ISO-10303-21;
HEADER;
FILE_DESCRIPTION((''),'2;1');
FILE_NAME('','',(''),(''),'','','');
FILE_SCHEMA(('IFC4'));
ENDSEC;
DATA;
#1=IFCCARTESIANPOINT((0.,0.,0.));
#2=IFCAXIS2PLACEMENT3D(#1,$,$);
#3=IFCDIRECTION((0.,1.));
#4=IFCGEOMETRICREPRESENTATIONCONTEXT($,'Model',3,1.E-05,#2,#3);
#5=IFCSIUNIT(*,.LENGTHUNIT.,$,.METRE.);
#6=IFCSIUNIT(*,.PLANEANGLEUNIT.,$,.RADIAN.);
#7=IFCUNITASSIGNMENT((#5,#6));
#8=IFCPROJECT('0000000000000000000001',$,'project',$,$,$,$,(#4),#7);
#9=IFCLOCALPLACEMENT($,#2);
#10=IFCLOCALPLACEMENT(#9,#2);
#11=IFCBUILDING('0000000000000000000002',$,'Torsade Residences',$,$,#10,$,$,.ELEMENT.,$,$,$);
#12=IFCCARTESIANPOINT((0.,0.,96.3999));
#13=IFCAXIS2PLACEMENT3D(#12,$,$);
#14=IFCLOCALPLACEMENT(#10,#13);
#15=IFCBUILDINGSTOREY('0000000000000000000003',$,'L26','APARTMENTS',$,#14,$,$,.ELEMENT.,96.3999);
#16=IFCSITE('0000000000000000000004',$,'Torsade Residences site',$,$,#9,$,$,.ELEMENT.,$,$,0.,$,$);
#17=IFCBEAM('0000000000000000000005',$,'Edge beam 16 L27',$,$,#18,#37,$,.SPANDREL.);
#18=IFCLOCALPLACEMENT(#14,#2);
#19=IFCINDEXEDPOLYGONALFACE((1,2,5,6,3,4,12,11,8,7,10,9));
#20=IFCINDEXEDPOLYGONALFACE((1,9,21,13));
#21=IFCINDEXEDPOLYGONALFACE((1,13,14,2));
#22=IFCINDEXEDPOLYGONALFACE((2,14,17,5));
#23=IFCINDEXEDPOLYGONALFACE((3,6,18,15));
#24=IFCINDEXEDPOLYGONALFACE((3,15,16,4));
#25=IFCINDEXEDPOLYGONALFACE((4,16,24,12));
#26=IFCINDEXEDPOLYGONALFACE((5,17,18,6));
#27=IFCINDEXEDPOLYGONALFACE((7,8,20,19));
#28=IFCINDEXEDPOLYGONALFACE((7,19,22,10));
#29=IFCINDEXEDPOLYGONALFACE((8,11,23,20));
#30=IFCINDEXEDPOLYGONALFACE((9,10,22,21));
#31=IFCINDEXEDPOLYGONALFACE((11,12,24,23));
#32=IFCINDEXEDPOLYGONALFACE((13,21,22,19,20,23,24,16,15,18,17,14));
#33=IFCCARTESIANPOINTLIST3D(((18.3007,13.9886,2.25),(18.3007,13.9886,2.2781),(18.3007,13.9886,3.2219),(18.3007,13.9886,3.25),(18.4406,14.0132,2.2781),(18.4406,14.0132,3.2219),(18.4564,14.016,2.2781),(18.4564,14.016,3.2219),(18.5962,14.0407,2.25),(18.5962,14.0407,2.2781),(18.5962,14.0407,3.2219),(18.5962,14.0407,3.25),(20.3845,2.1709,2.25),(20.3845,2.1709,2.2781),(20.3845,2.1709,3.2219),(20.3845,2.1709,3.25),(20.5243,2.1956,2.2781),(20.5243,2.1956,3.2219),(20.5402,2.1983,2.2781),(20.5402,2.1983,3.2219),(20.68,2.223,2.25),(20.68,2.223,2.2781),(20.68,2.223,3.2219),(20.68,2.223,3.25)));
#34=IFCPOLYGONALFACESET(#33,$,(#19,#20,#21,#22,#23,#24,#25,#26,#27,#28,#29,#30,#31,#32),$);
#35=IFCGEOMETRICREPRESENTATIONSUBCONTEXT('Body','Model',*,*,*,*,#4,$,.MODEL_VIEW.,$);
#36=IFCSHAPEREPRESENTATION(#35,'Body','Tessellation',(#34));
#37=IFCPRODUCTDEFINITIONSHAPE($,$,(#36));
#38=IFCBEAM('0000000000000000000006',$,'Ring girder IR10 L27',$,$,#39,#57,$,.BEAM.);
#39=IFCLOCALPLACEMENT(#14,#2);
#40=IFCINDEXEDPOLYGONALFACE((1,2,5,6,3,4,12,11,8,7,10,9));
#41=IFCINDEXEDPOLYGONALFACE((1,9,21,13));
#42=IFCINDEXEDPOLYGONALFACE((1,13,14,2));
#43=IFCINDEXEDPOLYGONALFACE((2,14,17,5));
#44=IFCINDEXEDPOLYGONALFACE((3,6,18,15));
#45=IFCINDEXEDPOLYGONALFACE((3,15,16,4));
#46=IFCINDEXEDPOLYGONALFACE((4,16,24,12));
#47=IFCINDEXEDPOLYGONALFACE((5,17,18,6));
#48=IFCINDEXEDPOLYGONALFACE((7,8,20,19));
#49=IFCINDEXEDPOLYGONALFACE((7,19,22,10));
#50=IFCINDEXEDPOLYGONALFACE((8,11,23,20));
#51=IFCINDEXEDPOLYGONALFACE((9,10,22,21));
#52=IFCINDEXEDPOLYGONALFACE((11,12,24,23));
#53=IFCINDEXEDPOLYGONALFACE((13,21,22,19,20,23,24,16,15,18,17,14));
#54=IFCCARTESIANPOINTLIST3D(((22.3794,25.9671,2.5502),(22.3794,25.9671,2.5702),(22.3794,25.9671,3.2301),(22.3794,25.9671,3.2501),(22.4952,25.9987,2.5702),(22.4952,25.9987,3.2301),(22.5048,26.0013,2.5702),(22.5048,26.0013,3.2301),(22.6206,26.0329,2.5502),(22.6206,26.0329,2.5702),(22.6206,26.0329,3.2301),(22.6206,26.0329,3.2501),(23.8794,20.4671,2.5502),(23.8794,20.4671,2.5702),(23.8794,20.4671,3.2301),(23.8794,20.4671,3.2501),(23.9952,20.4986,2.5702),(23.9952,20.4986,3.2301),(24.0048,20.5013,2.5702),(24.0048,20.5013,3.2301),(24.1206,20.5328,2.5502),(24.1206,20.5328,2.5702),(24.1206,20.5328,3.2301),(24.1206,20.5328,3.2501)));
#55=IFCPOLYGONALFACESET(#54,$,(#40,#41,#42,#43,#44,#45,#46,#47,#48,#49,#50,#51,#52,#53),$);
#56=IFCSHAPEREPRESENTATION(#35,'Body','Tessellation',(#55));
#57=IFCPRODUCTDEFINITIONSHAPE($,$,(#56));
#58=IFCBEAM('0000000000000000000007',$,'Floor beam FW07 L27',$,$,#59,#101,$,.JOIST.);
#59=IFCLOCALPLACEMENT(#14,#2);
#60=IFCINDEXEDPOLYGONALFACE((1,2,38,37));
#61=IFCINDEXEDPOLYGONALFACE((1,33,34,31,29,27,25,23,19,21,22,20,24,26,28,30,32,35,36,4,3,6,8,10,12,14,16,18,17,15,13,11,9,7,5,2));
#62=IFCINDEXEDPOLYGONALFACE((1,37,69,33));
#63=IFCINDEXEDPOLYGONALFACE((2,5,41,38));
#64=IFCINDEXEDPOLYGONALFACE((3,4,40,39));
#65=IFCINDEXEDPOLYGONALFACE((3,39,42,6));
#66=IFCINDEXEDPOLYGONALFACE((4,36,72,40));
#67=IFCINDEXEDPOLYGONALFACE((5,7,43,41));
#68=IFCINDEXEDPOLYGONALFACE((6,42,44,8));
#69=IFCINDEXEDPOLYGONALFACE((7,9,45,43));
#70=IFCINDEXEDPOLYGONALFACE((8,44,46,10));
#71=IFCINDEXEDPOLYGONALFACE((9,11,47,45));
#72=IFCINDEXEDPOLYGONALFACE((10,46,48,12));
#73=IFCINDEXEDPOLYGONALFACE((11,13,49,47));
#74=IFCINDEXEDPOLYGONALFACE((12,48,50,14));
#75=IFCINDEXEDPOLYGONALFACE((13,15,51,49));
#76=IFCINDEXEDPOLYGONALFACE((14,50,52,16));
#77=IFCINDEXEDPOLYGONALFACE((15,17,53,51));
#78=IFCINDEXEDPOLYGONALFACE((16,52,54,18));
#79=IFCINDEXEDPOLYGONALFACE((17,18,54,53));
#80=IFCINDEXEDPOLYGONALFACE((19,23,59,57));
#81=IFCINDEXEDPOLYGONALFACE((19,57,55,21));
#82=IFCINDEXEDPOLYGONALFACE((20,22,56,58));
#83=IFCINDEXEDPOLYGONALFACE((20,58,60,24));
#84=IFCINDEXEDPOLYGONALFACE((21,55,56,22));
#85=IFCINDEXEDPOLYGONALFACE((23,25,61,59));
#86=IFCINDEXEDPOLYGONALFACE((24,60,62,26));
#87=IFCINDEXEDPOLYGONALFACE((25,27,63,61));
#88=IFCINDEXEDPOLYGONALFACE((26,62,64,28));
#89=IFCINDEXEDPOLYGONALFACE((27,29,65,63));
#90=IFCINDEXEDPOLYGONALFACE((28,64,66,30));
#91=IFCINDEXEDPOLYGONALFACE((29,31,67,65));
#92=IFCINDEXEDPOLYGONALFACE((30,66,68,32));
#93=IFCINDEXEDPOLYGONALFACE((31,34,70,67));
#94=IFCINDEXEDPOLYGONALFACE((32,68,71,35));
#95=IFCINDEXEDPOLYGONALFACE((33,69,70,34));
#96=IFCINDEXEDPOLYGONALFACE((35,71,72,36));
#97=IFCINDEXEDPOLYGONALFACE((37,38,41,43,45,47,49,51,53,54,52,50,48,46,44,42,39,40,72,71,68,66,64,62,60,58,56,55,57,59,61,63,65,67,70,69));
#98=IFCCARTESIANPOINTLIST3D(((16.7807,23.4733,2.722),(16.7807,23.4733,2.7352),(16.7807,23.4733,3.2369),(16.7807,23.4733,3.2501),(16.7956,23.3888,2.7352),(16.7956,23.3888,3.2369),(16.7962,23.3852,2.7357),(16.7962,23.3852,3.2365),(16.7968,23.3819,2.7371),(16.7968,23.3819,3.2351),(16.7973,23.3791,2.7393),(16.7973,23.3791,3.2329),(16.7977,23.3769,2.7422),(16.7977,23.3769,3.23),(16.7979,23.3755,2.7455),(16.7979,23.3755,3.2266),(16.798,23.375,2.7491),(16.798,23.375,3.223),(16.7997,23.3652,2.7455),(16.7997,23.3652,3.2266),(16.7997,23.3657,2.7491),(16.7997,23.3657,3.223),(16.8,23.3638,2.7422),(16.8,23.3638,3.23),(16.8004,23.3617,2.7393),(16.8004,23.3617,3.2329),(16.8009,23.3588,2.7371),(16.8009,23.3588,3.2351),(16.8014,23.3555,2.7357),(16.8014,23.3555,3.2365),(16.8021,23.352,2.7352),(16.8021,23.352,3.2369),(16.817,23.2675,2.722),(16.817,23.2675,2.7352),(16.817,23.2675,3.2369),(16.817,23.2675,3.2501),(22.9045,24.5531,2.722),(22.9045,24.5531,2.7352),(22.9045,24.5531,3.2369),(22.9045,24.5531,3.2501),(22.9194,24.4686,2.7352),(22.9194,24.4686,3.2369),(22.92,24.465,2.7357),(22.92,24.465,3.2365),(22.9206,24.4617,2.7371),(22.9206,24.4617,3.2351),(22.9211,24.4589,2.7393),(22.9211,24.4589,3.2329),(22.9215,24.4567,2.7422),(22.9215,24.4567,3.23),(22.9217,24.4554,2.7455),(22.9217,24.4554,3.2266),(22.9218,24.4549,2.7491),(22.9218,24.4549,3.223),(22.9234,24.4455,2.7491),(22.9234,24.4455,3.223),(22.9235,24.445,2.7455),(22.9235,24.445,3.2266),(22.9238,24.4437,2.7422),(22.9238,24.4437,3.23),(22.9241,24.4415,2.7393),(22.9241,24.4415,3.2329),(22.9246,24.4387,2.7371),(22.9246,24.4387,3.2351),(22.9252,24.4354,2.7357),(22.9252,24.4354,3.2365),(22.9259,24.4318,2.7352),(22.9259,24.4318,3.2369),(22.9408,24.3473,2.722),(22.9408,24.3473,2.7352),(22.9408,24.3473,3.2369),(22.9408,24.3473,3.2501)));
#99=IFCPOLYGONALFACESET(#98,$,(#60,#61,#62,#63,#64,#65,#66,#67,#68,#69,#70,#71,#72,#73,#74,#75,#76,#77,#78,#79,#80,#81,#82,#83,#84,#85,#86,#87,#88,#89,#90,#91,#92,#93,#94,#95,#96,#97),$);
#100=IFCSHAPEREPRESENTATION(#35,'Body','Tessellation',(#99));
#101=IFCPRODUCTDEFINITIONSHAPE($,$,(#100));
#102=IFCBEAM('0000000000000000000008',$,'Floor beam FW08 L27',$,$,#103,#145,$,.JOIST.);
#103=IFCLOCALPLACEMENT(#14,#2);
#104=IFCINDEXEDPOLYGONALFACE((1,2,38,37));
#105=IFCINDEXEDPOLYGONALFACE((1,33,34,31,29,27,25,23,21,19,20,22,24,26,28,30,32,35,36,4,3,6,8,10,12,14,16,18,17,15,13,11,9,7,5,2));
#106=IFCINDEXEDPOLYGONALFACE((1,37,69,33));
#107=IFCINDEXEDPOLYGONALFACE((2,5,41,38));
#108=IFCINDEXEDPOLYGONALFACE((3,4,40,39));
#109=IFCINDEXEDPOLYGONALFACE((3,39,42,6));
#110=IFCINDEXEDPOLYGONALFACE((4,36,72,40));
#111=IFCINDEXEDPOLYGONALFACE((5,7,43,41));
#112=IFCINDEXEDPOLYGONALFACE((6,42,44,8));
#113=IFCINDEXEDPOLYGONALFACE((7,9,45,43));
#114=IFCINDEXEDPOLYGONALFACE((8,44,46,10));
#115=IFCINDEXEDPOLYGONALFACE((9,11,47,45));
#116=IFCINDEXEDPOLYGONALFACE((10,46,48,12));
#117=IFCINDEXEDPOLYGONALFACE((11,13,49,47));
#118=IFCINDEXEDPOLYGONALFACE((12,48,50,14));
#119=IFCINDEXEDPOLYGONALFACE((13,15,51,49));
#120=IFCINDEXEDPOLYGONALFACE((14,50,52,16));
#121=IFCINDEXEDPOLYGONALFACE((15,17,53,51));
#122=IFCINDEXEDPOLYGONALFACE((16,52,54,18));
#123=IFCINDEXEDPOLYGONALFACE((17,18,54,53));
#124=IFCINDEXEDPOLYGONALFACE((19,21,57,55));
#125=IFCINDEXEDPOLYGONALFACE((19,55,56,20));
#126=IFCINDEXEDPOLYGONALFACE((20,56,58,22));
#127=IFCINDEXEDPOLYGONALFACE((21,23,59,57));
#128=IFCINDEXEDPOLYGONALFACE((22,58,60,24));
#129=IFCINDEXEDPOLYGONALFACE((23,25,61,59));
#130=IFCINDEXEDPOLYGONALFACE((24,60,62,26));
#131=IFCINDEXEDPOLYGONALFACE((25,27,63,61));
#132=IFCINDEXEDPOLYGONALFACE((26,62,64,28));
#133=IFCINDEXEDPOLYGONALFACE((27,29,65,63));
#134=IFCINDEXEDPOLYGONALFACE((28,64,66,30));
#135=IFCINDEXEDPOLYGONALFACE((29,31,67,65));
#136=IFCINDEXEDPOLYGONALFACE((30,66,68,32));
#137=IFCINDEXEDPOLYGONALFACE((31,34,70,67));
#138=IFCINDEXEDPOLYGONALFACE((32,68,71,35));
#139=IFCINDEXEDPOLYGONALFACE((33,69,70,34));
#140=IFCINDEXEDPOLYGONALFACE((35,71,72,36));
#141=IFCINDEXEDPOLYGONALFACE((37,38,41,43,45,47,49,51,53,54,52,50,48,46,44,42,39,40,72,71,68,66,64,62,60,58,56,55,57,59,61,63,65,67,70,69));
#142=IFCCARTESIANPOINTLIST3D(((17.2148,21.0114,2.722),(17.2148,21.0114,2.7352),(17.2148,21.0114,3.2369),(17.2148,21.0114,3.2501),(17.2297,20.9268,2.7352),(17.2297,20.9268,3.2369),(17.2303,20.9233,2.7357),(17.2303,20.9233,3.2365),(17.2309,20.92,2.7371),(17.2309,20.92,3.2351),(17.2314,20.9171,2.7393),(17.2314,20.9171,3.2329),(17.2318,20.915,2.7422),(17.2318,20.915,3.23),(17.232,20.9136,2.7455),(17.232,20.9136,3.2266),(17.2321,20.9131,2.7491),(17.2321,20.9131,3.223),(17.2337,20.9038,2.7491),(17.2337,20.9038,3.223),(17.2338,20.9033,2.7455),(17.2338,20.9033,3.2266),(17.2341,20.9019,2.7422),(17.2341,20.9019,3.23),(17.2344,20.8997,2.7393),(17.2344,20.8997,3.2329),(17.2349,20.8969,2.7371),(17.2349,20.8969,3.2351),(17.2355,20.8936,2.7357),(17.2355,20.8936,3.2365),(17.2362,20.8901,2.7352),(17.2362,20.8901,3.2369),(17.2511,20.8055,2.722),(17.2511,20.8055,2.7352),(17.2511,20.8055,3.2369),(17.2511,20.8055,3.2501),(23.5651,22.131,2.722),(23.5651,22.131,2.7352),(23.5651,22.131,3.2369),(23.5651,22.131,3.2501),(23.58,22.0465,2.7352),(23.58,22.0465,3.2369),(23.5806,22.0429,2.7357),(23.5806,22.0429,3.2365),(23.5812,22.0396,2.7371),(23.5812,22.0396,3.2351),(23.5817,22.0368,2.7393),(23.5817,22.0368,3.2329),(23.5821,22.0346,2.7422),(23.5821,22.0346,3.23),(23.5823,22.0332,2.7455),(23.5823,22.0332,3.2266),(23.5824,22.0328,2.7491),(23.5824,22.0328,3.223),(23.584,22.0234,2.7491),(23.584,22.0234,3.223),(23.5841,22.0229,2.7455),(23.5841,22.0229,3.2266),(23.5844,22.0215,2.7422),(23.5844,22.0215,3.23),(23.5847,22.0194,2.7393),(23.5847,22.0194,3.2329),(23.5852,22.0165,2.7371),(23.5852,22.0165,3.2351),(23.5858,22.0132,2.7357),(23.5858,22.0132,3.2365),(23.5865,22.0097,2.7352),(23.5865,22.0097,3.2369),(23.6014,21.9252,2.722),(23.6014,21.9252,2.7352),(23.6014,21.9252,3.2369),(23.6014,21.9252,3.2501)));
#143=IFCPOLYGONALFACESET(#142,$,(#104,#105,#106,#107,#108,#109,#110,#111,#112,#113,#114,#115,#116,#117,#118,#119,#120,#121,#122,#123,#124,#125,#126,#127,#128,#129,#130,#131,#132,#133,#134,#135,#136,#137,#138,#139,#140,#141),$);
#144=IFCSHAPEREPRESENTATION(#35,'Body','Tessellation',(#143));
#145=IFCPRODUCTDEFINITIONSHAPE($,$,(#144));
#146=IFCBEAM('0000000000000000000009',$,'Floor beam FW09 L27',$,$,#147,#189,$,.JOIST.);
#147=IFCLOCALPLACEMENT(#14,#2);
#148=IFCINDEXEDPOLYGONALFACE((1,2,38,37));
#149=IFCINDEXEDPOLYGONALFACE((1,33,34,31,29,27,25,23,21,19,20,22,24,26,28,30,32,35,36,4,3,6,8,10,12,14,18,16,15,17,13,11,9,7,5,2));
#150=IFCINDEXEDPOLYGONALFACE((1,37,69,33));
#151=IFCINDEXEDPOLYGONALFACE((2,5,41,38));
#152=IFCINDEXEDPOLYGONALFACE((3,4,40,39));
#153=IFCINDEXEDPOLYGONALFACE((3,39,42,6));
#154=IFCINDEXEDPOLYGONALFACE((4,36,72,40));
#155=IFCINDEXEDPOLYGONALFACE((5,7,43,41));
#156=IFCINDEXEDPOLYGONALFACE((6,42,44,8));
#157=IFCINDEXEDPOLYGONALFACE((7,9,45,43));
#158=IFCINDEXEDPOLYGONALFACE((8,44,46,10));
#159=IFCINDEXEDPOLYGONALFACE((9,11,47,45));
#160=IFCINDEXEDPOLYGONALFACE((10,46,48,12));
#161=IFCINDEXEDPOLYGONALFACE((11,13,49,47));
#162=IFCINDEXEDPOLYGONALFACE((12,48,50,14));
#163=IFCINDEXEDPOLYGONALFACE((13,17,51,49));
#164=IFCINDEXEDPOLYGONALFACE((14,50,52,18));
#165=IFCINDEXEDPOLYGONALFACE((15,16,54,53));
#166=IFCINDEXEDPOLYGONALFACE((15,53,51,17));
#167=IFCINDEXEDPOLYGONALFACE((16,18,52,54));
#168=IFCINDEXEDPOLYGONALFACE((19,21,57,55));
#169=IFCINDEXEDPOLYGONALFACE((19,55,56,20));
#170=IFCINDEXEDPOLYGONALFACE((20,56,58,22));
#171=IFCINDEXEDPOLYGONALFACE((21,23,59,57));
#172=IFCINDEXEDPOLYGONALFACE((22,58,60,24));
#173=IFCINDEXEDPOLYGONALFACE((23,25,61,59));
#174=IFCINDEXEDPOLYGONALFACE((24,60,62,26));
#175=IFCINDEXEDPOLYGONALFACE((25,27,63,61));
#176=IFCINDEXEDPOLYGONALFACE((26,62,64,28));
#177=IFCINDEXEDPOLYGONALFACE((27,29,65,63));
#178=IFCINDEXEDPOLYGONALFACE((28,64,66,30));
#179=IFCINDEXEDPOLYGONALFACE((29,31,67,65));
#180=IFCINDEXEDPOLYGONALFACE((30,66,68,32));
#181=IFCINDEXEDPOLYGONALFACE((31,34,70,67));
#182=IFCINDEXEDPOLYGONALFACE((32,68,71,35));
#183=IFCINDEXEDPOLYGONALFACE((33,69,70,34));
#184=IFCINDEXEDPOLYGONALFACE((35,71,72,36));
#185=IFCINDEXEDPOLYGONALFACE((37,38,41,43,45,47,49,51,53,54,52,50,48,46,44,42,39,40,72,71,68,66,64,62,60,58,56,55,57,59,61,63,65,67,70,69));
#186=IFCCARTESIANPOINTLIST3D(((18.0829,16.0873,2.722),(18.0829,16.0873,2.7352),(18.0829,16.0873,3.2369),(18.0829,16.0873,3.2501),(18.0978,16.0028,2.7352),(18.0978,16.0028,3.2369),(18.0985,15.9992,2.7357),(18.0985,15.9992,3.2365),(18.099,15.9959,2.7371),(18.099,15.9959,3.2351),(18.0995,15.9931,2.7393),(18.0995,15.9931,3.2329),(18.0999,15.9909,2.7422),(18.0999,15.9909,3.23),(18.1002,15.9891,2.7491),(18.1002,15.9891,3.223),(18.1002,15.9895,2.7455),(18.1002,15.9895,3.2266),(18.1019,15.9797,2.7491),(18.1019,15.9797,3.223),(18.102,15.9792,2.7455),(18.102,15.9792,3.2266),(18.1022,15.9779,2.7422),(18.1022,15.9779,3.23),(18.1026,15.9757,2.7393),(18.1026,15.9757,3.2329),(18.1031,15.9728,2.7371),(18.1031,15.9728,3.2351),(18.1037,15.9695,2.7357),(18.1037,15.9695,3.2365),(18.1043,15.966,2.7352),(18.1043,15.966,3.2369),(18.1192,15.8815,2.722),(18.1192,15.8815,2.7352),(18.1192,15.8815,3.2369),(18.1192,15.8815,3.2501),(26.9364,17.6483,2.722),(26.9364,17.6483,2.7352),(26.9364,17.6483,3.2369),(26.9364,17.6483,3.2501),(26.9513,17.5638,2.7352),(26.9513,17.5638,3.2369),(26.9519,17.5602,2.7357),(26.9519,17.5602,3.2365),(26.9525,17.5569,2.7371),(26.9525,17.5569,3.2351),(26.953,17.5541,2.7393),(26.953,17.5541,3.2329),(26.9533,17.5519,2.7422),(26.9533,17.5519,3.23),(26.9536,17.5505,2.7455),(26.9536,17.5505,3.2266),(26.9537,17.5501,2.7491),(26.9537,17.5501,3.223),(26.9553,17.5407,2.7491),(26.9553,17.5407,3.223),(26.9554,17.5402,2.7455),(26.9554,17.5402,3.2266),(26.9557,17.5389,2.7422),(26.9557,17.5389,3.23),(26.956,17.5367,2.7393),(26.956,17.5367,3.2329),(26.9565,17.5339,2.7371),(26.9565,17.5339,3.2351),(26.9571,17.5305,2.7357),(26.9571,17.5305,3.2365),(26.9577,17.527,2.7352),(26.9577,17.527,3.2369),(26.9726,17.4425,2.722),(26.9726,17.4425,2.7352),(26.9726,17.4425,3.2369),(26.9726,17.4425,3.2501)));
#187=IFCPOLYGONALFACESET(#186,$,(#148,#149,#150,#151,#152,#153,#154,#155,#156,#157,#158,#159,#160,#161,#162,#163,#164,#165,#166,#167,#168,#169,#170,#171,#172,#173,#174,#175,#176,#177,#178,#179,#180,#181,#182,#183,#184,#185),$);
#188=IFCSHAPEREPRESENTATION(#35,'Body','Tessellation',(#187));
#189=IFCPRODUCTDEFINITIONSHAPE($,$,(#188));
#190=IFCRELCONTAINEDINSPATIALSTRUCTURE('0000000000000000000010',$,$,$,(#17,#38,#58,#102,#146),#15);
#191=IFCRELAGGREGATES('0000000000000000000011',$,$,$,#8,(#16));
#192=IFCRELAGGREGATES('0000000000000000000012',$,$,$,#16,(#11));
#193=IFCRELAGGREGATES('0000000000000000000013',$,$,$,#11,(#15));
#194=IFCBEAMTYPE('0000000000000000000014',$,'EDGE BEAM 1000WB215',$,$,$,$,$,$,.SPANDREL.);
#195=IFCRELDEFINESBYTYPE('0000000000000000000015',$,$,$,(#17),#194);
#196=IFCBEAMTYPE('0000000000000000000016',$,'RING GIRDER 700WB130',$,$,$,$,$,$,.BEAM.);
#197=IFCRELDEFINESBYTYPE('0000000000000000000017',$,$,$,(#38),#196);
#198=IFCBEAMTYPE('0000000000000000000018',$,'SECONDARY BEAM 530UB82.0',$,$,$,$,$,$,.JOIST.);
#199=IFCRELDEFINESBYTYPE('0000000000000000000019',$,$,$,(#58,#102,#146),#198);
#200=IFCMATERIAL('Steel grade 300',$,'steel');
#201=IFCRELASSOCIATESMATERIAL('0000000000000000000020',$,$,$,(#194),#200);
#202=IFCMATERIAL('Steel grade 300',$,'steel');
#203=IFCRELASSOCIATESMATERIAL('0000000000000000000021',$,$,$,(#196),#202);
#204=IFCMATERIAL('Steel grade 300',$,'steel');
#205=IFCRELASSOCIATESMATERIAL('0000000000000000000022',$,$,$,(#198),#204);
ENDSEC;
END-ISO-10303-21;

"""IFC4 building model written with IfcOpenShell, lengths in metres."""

from ifc_helpers import new_model, si_unit, direction, frame, origin, origin_2d, place, context, subcontext, project, spatial, i_section, extrude, material, material_profile, profile_set, type_object, element, save


model = new_model("IFC4")

# Units and contexts
model_context = context("Model", 3, precision=1e-05, world=origin(), true_north=direction((0.0, 1.0)))
body_context = subcontext(model_context, "Body", "Model", "MODEL_VIEW")
ifc_project = project(units=[si_unit("LENGTHUNIT", "METRE"), si_unit("PLANEANGLEUNIT", "RADIAN")], contexts=[model_context])

# Site, building, storey
site_placement = place(None, origin())
site = spatial("IfcSite", under=ifc_project, at=site_placement, Name="Torsade Residences site", CompositionType="ELEMENT", RefElevation=0.0)
building_placement = place(site_placement, origin())
building = spatial("IfcBuilding", under=site, at=building_placement, Name="Torsade Residences", CompositionType="ELEMENT")
storey_placement = place(building_placement, frame((0.0, 0.0, 96.3999)))
storey = spatial("IfcBuildingStorey", under=building, at=storey_placement, Name="L26", Description="APARTMENTS", CompositionType="ELEMENT", Elevation=96.3999)

# Beams
ifc_material_1 = material(Name="Steel grade 300", Category="steel")
ifc_material_profile_1 = material_profile(ifc_material_1, i_section(OverallWidth=0.3, OverallDepth=1.0, WebThickness=0.0161, FlangeThickness=0.0281, at=origin_2d()), Name="1000WB215")
ifc_profile_set_1 = profile_set([ifc_material_profile_1], Name="Steel grade 300")
beam_type_1 = type_object("IfcBeamType", Name="EDGE BEAM 1000WB215", PredefinedType="SPANDREL", material=ifc_profile_set_1)
beam_1_placement = place(storey_placement, frame((18.4485, 14.0146, 2.75), z_axis=(0.173646, -0.984808, 0.0), x_axis=(0.984808, 0.173646, 0.0)))
element("IfcBeam", 1, at=beam_1_placement, inside=storey, type_object=beam_type_1, Name="Edge beam 16 L27", PredefinedType="SPANDREL", context=body_context, shape_type="SweptSolid", body=[
    extrude(i_section(OverallWidth=0.3, OverallDepth=1.0, WebThickness=0.0161, FlangeThickness=0.0281, at=origin_2d()), origin(), (0.0, 0.0, 1.0), 12.0),
])
ifc_material_2 = material(Name="Steel grade 300", Category="steel")
ifc_material_profile_2 = material_profile(ifc_material_2, i_section(OverallWidth=0.25, OverallDepth=0.7, WebThickness=0.01, FlangeThickness=0.02, at=origin_2d()), Name="700WB130")
ifc_profile_set_2 = profile_set([ifc_material_profile_2], Name="Steel grade 300")
beam_type_2 = type_object("IfcBeamType", Name="RING GIRDER 700WB130", PredefinedType="BEAM", material=ifc_profile_set_2)
beam_2_placement = place(storey_placement, frame((22.5, 26.0, 2.9001), z_axis=(0.263117, -0.964764, 0.0), x_axis=(0.964764, 0.263117, 0.0)))
element("IfcBeam", 2, at=beam_2_placement, inside=storey, type_object=beam_type_2, Name="Ring girder IR10 L27", PredefinedType="BEAM", context=body_context, shape_type="SweptSolid", body=[
    extrude(i_section(OverallWidth=0.25, OverallDepth=0.7, WebThickness=0.01, FlangeThickness=0.02, at=origin_2d()), origin(), (0.0, 0.0, 1.0), 5.7009),
])
ifc_material_3 = material(Name="Steel grade 300", Category="steel")
ifc_material_profile_3 = material_profile(ifc_material_3, i_section(OverallWidth=0.209, OverallDepth=0.5281, WebThickness=0.0095, FlangeThickness=0.0132, FilletRadius=0.0139, at=origin_2d()), Name="530UB82.0")
ifc_profile_set_3 = profile_set([ifc_material_profile_3], Name="Steel grade 300")
beam_type_3 = type_object("IfcBeamType", Name="SECONDARY BEAM 530UB82.0", PredefinedType="JOIST", material=ifc_profile_set_3)
beam_3_placement = place(storey_placement, frame((16.7988, 23.3704, 2.9861), z_axis=(0.984806, 0.173655, 0.0), x_axis=(-0.173655, 0.984806, 0.0)))
element("IfcBeam", 3, at=beam_3_placement, inside=storey, type_object=beam_type_3, Name="Floor beam FW07 L27", PredefinedType="JOIST", context=body_context, shape_type="SweptSolid", body=[
    extrude(i_section(OverallWidth=0.209, OverallDepth=0.5281, WebThickness=0.0095, FlangeThickness=0.0132, FilletRadius=0.0139, at=origin_2d()), origin(), (0.0, 0.0, 1.0), 6.2183),
])
beam_4_placement = place(storey_placement, frame((17.2329, 20.9084, 2.9861), z_axis=(0.984811, 0.173632, 0.0), x_axis=(-0.173632, 0.984811, 0.0)))
element("IfcBeam", 4, at=beam_4_placement, inside=storey, type_object=beam_type_3, Name="Floor beam FW08 L27", PredefinedType="JOIST", context=body_context, shape_type="SweptSolid", body=[
    extrude(i_section(OverallWidth=0.209, OverallDepth=0.5281, WebThickness=0.0095, FlangeThickness=0.0132, FilletRadius=0.0139, at=origin_2d()), origin(), (0.0, 0.0, 1.0), 6.4482),
])
beam_5_placement = place(storey_placement, frame((18.1011, 15.9844, 2.9861), z_axis=(0.984809, 0.17364, 0.0), x_axis=(-0.17364, 0.984809, 0.0)))
element("IfcBeam", 5, at=beam_5_placement, inside=storey, type_object=beam_type_3, Name="Floor beam FW09 L27", PredefinedType="JOIST", context=body_context, shape_type="SweptSolid", body=[
    extrude(i_section(OverallWidth=0.209, OverallDepth=0.5281, WebThickness=0.0095, FlangeThickness=0.0132, FilletRadius=0.0139, at=origin_2d()), origin(), (0.0, 0.0, 1.0), 8.99),
])

save(model, "model.ifc")
